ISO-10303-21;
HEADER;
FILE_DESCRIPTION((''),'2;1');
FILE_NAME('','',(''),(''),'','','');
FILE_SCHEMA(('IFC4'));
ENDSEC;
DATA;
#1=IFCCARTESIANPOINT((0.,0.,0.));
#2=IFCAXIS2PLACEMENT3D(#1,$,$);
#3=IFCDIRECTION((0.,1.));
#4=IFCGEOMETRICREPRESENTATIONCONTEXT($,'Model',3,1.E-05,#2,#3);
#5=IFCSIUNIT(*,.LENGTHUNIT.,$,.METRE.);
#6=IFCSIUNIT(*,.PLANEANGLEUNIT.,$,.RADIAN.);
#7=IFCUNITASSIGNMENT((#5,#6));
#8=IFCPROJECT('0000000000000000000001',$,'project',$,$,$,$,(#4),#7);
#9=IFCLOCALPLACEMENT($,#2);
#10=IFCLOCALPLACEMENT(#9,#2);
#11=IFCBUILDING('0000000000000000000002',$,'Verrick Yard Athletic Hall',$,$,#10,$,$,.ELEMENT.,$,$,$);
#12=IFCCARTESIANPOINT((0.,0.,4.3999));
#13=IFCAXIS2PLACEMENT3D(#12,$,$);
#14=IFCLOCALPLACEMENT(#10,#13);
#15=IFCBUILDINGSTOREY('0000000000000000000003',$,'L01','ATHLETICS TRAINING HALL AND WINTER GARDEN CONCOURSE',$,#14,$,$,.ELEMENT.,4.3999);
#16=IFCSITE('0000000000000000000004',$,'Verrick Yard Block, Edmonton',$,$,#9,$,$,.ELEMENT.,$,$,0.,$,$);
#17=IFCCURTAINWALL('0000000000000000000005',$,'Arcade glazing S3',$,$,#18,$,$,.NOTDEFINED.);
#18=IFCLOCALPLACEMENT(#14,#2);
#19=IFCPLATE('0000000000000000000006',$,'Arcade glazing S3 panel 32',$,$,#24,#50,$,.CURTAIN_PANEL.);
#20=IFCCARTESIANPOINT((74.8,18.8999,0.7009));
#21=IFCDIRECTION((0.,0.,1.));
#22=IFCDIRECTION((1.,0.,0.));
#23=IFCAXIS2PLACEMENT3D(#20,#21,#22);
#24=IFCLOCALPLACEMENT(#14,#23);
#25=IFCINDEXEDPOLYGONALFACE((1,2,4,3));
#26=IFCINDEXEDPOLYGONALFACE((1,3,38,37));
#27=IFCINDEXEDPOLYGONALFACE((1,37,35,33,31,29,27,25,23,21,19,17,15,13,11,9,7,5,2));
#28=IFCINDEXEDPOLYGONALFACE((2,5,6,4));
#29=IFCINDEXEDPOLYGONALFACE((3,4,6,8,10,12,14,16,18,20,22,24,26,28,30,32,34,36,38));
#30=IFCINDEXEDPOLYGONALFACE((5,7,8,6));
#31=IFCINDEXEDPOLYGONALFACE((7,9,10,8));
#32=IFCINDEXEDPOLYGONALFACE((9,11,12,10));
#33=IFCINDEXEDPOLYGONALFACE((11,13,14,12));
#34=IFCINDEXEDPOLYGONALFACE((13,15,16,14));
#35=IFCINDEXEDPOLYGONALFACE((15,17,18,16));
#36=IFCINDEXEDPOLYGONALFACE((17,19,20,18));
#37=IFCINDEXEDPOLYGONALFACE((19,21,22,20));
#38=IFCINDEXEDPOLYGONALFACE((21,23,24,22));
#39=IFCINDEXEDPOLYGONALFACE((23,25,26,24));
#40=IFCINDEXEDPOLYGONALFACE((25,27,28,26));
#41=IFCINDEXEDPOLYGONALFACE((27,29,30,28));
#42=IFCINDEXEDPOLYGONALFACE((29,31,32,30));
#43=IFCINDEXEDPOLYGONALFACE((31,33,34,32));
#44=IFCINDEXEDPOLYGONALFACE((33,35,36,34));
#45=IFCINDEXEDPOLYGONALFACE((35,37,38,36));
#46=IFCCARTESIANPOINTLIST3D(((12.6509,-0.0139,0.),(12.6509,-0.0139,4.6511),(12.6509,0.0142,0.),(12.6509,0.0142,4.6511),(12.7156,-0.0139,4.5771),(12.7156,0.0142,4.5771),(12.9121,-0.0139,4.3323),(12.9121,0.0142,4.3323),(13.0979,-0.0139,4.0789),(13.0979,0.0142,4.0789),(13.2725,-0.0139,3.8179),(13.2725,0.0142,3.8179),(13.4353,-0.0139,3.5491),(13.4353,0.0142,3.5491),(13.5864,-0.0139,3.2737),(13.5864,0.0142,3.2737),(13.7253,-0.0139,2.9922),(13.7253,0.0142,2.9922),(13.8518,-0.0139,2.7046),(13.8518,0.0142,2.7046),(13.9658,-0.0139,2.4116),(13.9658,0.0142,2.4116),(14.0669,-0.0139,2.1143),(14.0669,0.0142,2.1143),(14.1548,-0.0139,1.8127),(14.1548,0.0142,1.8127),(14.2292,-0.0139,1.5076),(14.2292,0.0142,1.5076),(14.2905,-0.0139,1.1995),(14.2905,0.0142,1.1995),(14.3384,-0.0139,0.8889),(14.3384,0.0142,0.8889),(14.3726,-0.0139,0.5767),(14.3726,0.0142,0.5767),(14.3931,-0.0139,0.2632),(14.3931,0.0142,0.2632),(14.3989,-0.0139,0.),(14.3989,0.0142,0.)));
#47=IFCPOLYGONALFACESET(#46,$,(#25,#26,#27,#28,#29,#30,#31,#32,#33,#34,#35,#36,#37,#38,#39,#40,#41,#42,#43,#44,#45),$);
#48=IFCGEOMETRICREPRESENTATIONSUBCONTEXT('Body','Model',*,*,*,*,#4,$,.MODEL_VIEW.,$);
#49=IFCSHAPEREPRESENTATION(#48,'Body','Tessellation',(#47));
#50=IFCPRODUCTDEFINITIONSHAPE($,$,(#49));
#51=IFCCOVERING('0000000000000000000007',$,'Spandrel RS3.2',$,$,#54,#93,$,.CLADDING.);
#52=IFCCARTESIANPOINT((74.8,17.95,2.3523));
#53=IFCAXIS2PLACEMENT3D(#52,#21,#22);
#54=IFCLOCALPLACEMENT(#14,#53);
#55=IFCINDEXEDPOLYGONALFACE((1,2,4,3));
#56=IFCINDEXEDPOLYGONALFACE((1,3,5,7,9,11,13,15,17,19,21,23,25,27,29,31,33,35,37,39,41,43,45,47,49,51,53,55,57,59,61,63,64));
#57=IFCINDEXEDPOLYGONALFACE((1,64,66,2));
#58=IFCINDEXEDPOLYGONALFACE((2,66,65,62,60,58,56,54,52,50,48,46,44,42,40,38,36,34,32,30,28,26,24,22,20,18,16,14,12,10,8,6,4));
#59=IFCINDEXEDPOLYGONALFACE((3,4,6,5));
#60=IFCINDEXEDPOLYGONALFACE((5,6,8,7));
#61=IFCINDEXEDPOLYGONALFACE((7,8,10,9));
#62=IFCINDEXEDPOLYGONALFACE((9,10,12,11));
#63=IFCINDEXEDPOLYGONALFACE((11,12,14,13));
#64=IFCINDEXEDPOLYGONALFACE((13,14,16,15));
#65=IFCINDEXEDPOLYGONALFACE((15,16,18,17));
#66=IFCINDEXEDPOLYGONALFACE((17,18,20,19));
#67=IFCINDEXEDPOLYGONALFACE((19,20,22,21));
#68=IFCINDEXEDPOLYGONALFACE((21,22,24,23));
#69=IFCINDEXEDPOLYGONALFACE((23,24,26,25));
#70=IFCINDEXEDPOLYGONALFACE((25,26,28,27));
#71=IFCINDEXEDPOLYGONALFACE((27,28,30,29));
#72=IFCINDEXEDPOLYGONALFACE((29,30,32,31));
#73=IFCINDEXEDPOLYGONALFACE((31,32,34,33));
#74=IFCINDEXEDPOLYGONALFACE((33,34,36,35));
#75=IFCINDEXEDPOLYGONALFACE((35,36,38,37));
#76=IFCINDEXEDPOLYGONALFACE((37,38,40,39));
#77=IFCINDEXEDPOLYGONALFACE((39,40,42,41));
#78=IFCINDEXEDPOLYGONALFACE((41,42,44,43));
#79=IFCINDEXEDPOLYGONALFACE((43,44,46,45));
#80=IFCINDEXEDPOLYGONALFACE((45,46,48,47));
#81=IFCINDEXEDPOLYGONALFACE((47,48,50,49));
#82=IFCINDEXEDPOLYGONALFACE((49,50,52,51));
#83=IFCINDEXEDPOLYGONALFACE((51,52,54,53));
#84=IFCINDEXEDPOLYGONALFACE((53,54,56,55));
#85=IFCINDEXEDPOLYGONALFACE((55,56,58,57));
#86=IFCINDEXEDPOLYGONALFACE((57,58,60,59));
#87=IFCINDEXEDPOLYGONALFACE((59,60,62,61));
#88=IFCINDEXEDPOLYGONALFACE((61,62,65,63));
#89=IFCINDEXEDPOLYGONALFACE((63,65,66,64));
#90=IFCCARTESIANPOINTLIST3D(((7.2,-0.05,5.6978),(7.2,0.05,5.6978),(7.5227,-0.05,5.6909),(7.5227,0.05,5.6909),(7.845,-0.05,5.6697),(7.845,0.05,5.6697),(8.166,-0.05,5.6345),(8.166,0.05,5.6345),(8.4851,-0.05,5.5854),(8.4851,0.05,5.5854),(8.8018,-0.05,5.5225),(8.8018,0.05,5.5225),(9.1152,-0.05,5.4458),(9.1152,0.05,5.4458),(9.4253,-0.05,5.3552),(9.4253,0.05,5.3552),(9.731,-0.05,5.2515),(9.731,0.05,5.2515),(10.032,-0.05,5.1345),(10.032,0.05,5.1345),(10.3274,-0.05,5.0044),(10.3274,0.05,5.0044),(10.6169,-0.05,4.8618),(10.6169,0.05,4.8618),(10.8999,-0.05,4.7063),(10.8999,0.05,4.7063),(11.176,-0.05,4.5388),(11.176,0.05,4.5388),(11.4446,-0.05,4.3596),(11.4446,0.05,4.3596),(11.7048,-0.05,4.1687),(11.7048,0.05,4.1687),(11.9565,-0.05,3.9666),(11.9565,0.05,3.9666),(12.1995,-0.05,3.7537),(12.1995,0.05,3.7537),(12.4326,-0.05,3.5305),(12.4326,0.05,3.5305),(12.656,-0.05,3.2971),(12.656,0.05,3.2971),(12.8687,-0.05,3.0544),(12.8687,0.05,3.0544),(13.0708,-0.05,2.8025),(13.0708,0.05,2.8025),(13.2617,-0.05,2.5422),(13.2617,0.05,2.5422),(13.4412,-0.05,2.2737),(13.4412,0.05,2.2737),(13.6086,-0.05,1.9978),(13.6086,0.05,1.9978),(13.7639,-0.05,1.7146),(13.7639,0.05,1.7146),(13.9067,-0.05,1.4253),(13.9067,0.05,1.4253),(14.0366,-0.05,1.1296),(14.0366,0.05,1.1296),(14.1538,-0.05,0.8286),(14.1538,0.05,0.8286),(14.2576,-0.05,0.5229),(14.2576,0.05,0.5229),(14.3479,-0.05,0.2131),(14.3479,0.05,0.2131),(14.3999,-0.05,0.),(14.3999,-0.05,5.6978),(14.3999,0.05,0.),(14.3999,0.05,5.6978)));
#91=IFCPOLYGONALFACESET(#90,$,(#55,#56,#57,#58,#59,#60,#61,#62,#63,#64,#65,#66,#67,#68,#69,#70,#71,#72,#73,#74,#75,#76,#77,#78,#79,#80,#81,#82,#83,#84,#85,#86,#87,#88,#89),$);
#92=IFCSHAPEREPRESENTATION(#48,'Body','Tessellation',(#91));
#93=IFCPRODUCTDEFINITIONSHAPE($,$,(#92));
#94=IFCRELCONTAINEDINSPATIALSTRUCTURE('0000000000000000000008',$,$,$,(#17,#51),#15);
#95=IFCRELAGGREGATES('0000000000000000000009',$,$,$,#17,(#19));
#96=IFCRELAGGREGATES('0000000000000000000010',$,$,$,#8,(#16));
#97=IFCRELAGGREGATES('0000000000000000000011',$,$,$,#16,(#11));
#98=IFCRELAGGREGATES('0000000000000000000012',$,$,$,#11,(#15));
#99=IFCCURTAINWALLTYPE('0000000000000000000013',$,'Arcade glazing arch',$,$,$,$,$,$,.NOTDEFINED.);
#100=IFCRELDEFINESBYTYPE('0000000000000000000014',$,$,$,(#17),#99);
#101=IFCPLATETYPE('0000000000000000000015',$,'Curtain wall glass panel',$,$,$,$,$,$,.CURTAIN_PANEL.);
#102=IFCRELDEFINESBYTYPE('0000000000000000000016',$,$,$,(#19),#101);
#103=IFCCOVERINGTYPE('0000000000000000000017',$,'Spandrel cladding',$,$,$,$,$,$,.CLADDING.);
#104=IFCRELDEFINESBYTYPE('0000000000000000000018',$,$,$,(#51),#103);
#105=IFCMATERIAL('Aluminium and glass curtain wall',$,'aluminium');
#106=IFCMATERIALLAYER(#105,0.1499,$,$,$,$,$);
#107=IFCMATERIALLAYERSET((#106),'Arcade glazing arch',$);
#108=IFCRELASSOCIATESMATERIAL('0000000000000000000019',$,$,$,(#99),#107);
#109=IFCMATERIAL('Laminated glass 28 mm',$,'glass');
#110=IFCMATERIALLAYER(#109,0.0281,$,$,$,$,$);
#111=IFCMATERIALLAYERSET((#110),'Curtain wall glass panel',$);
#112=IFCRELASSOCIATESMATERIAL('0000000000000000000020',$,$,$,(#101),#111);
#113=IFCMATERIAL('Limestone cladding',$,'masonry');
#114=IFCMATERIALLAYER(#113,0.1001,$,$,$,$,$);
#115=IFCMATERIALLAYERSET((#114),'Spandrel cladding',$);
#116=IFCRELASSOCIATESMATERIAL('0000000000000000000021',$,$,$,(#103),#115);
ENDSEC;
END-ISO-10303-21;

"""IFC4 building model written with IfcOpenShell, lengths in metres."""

from ifc_helpers import new_model, si_unit, direction, frame, origin, place, context, subcontext, project, spatial, polyline, outline, extrude, material, layer, layer_set, type_object, element, aggregate, save


model = new_model("IFC4")

# Units and contexts
model_context = context("Model", 3, precision=1e-05, world=origin(), true_north=direction((0.0, 1.0)))
body_context = subcontext(model_context, "Body", "Model", "MODEL_VIEW")
ifc_project = project(units=[si_unit("LENGTHUNIT", "METRE"), si_unit("PLANEANGLEUNIT", "RADIAN")], contexts=[model_context])

# Site, building, storey
site_placement = place(None, origin())
site = spatial("IfcSite", under=ifc_project, at=site_placement, Name="Verrick Yard Block, Edmonton", CompositionType="ELEMENT", RefElevation=0.0)
building_placement = place(site_placement, origin())
building = spatial("IfcBuilding", under=site, at=building_placement, Name="Verrick Yard Athletic Hall", CompositionType="ELEMENT")
storey_placement = place(building_placement, frame((0.0, 0.0, 4.3999)))
storey = spatial("IfcBuildingStorey", under=building, at=storey_placement, Name="L01", Description="ATHLETICS TRAINING HALL AND WINTER GARDEN CONCOURSE", CompositionType="ELEMENT", Elevation=4.3999)

# Curtain wall, plate
ifc_material_1 = material(Name="Aluminium and glass curtain wall", Category="aluminium")
ifc_layer_1 = layer(ifc_material_1, 0.1499)
ifc_layer_set_1 = layer_set([ifc_layer_1], Name="Arcade glazing arch")
curtain_wall_type = type_object("IfcCurtainWallType", Name="Arcade glazing arch", PredefinedType="NOTDEFINED", material=ifc_layer_set_1)
curtain_wall_placement = place(storey_placement, origin())
curtain_wall = element("IfcCurtainWall", 1, at=curtain_wall_placement, inside=storey, type_object=curtain_wall_type, Name="Arcade glazing S3", PredefinedType="NOTDEFINED")
ifc_material_2 = material(Name="Laminated glass 28 mm", Category="glass")
ifc_layer_2 = layer(ifc_material_2, 0.0281)
ifc_layer_set_2 = layer_set([ifc_layer_2], Name="Curtain wall glass panel")
plate_type = type_object("IfcPlateType", Name="Curtain wall glass panel", PredefinedType="CURTAIN_PANEL", material=ifc_layer_set_2)
plate_1_placement = place(storey_placement, frame((74.8, 18.8999, 0.7009), z_axis=(0.0, 0.0, 1.0), x_axis=(1.0, 0.0, 0.0)))
plate_1 = element("IfcPlate", 2, at=plate_1_placement, type_object=plate_type, Name="Arcade glazing S3 panel 32", PredefinedType="CURTAIN_PANEL", context=body_context, shape_type="SweptSolid", body=[
    extrude(outline(polyline([(14.3989, 0.0), (14.3931, 0.2632), (14.3726, 0.5767), (14.3384, 0.8889), (14.2905, 1.1995), (14.2292, 1.5076), (14.1548, 1.8127), (14.0669, 2.1143), (13.9658, 2.4116), (13.8518, 2.7046), (13.7253, 2.9922), (13.5864, 3.2737), (13.4353, 3.5491), (13.2725, 3.8179), (13.0979, 4.0789), (12.9121, 4.3323), (12.7156, 4.5771), (12.6509, 4.6511), (12.6509, 0.0), (14.3989, 0.0)])), frame((0.0, 0.0142, 0.0), z_axis=(0.0, -1.0, 0.0), x_axis=(1.0, 0.0, 0.0)), (0.0, 0.0, 1.0), 0.0281),
])
aggregate(curtain_wall, [plate_1])

# Covering
ifc_material_3 = material(Name="Limestone cladding", Category="masonry")
ifc_layer_3 = layer(ifc_material_3, 0.1001)
ifc_layer_set_3 = layer_set([ifc_layer_3], Name="Spandrel cladding")
covering_type = type_object("IfcCoveringType", Name="Spandrel cladding", PredefinedType="CLADDING", material=ifc_layer_set_3)
covering_placement = place(storey_placement, frame((74.8, 17.95, 2.3523), z_axis=(0.0, 0.0, 1.0), x_axis=(1.0, 0.0, 0.0)))
element("IfcCovering", 3, at=covering_placement, inside=storey, type_object=covering_type, Name="Spandrel RS3.2", PredefinedType="CLADDING", context=body_context, shape_type="SweptSolid", body=[
    extrude(outline(polyline([(7.2, 5.6978), (7.5227, 5.6909), (7.845, 5.6697), (8.166, 5.6345), (8.4851, 5.5854), (8.8018, 5.5225), (9.1152, 5.4458), (9.4253, 5.3552), (9.731, 5.2515), (10.032, 5.1345), (10.3274, 5.0044), (10.6169, 4.8618), (10.8999, 4.7063), (11.176, 4.5388), (11.4446, 4.3596), (11.7048, 4.1687), (11.9565, 3.9666), (12.1995, 3.7537), (12.4326, 3.5305), (12.656, 3.2971), (12.8687, 3.0544), (13.0708, 2.8025), (13.2617, 2.5422), (13.4412, 2.2737), (13.6086, 1.9978), (13.7639, 1.7146), (13.9067, 1.4253), (14.0366, 1.1296), (14.1538, 0.8286), (14.2576, 0.5229), (14.3479, 0.2131), (14.3999, 0.0), (14.3999, 5.6978), (7.2, 5.6978)])), frame((0.0, 0.05, 0.0), z_axis=(0.0, -1.0, 0.0), x_axis=(1.0, 0.0, 0.0)), (0.0, 0.0, 1.0), 0.1001),
])

save(model, "model.ifc")
